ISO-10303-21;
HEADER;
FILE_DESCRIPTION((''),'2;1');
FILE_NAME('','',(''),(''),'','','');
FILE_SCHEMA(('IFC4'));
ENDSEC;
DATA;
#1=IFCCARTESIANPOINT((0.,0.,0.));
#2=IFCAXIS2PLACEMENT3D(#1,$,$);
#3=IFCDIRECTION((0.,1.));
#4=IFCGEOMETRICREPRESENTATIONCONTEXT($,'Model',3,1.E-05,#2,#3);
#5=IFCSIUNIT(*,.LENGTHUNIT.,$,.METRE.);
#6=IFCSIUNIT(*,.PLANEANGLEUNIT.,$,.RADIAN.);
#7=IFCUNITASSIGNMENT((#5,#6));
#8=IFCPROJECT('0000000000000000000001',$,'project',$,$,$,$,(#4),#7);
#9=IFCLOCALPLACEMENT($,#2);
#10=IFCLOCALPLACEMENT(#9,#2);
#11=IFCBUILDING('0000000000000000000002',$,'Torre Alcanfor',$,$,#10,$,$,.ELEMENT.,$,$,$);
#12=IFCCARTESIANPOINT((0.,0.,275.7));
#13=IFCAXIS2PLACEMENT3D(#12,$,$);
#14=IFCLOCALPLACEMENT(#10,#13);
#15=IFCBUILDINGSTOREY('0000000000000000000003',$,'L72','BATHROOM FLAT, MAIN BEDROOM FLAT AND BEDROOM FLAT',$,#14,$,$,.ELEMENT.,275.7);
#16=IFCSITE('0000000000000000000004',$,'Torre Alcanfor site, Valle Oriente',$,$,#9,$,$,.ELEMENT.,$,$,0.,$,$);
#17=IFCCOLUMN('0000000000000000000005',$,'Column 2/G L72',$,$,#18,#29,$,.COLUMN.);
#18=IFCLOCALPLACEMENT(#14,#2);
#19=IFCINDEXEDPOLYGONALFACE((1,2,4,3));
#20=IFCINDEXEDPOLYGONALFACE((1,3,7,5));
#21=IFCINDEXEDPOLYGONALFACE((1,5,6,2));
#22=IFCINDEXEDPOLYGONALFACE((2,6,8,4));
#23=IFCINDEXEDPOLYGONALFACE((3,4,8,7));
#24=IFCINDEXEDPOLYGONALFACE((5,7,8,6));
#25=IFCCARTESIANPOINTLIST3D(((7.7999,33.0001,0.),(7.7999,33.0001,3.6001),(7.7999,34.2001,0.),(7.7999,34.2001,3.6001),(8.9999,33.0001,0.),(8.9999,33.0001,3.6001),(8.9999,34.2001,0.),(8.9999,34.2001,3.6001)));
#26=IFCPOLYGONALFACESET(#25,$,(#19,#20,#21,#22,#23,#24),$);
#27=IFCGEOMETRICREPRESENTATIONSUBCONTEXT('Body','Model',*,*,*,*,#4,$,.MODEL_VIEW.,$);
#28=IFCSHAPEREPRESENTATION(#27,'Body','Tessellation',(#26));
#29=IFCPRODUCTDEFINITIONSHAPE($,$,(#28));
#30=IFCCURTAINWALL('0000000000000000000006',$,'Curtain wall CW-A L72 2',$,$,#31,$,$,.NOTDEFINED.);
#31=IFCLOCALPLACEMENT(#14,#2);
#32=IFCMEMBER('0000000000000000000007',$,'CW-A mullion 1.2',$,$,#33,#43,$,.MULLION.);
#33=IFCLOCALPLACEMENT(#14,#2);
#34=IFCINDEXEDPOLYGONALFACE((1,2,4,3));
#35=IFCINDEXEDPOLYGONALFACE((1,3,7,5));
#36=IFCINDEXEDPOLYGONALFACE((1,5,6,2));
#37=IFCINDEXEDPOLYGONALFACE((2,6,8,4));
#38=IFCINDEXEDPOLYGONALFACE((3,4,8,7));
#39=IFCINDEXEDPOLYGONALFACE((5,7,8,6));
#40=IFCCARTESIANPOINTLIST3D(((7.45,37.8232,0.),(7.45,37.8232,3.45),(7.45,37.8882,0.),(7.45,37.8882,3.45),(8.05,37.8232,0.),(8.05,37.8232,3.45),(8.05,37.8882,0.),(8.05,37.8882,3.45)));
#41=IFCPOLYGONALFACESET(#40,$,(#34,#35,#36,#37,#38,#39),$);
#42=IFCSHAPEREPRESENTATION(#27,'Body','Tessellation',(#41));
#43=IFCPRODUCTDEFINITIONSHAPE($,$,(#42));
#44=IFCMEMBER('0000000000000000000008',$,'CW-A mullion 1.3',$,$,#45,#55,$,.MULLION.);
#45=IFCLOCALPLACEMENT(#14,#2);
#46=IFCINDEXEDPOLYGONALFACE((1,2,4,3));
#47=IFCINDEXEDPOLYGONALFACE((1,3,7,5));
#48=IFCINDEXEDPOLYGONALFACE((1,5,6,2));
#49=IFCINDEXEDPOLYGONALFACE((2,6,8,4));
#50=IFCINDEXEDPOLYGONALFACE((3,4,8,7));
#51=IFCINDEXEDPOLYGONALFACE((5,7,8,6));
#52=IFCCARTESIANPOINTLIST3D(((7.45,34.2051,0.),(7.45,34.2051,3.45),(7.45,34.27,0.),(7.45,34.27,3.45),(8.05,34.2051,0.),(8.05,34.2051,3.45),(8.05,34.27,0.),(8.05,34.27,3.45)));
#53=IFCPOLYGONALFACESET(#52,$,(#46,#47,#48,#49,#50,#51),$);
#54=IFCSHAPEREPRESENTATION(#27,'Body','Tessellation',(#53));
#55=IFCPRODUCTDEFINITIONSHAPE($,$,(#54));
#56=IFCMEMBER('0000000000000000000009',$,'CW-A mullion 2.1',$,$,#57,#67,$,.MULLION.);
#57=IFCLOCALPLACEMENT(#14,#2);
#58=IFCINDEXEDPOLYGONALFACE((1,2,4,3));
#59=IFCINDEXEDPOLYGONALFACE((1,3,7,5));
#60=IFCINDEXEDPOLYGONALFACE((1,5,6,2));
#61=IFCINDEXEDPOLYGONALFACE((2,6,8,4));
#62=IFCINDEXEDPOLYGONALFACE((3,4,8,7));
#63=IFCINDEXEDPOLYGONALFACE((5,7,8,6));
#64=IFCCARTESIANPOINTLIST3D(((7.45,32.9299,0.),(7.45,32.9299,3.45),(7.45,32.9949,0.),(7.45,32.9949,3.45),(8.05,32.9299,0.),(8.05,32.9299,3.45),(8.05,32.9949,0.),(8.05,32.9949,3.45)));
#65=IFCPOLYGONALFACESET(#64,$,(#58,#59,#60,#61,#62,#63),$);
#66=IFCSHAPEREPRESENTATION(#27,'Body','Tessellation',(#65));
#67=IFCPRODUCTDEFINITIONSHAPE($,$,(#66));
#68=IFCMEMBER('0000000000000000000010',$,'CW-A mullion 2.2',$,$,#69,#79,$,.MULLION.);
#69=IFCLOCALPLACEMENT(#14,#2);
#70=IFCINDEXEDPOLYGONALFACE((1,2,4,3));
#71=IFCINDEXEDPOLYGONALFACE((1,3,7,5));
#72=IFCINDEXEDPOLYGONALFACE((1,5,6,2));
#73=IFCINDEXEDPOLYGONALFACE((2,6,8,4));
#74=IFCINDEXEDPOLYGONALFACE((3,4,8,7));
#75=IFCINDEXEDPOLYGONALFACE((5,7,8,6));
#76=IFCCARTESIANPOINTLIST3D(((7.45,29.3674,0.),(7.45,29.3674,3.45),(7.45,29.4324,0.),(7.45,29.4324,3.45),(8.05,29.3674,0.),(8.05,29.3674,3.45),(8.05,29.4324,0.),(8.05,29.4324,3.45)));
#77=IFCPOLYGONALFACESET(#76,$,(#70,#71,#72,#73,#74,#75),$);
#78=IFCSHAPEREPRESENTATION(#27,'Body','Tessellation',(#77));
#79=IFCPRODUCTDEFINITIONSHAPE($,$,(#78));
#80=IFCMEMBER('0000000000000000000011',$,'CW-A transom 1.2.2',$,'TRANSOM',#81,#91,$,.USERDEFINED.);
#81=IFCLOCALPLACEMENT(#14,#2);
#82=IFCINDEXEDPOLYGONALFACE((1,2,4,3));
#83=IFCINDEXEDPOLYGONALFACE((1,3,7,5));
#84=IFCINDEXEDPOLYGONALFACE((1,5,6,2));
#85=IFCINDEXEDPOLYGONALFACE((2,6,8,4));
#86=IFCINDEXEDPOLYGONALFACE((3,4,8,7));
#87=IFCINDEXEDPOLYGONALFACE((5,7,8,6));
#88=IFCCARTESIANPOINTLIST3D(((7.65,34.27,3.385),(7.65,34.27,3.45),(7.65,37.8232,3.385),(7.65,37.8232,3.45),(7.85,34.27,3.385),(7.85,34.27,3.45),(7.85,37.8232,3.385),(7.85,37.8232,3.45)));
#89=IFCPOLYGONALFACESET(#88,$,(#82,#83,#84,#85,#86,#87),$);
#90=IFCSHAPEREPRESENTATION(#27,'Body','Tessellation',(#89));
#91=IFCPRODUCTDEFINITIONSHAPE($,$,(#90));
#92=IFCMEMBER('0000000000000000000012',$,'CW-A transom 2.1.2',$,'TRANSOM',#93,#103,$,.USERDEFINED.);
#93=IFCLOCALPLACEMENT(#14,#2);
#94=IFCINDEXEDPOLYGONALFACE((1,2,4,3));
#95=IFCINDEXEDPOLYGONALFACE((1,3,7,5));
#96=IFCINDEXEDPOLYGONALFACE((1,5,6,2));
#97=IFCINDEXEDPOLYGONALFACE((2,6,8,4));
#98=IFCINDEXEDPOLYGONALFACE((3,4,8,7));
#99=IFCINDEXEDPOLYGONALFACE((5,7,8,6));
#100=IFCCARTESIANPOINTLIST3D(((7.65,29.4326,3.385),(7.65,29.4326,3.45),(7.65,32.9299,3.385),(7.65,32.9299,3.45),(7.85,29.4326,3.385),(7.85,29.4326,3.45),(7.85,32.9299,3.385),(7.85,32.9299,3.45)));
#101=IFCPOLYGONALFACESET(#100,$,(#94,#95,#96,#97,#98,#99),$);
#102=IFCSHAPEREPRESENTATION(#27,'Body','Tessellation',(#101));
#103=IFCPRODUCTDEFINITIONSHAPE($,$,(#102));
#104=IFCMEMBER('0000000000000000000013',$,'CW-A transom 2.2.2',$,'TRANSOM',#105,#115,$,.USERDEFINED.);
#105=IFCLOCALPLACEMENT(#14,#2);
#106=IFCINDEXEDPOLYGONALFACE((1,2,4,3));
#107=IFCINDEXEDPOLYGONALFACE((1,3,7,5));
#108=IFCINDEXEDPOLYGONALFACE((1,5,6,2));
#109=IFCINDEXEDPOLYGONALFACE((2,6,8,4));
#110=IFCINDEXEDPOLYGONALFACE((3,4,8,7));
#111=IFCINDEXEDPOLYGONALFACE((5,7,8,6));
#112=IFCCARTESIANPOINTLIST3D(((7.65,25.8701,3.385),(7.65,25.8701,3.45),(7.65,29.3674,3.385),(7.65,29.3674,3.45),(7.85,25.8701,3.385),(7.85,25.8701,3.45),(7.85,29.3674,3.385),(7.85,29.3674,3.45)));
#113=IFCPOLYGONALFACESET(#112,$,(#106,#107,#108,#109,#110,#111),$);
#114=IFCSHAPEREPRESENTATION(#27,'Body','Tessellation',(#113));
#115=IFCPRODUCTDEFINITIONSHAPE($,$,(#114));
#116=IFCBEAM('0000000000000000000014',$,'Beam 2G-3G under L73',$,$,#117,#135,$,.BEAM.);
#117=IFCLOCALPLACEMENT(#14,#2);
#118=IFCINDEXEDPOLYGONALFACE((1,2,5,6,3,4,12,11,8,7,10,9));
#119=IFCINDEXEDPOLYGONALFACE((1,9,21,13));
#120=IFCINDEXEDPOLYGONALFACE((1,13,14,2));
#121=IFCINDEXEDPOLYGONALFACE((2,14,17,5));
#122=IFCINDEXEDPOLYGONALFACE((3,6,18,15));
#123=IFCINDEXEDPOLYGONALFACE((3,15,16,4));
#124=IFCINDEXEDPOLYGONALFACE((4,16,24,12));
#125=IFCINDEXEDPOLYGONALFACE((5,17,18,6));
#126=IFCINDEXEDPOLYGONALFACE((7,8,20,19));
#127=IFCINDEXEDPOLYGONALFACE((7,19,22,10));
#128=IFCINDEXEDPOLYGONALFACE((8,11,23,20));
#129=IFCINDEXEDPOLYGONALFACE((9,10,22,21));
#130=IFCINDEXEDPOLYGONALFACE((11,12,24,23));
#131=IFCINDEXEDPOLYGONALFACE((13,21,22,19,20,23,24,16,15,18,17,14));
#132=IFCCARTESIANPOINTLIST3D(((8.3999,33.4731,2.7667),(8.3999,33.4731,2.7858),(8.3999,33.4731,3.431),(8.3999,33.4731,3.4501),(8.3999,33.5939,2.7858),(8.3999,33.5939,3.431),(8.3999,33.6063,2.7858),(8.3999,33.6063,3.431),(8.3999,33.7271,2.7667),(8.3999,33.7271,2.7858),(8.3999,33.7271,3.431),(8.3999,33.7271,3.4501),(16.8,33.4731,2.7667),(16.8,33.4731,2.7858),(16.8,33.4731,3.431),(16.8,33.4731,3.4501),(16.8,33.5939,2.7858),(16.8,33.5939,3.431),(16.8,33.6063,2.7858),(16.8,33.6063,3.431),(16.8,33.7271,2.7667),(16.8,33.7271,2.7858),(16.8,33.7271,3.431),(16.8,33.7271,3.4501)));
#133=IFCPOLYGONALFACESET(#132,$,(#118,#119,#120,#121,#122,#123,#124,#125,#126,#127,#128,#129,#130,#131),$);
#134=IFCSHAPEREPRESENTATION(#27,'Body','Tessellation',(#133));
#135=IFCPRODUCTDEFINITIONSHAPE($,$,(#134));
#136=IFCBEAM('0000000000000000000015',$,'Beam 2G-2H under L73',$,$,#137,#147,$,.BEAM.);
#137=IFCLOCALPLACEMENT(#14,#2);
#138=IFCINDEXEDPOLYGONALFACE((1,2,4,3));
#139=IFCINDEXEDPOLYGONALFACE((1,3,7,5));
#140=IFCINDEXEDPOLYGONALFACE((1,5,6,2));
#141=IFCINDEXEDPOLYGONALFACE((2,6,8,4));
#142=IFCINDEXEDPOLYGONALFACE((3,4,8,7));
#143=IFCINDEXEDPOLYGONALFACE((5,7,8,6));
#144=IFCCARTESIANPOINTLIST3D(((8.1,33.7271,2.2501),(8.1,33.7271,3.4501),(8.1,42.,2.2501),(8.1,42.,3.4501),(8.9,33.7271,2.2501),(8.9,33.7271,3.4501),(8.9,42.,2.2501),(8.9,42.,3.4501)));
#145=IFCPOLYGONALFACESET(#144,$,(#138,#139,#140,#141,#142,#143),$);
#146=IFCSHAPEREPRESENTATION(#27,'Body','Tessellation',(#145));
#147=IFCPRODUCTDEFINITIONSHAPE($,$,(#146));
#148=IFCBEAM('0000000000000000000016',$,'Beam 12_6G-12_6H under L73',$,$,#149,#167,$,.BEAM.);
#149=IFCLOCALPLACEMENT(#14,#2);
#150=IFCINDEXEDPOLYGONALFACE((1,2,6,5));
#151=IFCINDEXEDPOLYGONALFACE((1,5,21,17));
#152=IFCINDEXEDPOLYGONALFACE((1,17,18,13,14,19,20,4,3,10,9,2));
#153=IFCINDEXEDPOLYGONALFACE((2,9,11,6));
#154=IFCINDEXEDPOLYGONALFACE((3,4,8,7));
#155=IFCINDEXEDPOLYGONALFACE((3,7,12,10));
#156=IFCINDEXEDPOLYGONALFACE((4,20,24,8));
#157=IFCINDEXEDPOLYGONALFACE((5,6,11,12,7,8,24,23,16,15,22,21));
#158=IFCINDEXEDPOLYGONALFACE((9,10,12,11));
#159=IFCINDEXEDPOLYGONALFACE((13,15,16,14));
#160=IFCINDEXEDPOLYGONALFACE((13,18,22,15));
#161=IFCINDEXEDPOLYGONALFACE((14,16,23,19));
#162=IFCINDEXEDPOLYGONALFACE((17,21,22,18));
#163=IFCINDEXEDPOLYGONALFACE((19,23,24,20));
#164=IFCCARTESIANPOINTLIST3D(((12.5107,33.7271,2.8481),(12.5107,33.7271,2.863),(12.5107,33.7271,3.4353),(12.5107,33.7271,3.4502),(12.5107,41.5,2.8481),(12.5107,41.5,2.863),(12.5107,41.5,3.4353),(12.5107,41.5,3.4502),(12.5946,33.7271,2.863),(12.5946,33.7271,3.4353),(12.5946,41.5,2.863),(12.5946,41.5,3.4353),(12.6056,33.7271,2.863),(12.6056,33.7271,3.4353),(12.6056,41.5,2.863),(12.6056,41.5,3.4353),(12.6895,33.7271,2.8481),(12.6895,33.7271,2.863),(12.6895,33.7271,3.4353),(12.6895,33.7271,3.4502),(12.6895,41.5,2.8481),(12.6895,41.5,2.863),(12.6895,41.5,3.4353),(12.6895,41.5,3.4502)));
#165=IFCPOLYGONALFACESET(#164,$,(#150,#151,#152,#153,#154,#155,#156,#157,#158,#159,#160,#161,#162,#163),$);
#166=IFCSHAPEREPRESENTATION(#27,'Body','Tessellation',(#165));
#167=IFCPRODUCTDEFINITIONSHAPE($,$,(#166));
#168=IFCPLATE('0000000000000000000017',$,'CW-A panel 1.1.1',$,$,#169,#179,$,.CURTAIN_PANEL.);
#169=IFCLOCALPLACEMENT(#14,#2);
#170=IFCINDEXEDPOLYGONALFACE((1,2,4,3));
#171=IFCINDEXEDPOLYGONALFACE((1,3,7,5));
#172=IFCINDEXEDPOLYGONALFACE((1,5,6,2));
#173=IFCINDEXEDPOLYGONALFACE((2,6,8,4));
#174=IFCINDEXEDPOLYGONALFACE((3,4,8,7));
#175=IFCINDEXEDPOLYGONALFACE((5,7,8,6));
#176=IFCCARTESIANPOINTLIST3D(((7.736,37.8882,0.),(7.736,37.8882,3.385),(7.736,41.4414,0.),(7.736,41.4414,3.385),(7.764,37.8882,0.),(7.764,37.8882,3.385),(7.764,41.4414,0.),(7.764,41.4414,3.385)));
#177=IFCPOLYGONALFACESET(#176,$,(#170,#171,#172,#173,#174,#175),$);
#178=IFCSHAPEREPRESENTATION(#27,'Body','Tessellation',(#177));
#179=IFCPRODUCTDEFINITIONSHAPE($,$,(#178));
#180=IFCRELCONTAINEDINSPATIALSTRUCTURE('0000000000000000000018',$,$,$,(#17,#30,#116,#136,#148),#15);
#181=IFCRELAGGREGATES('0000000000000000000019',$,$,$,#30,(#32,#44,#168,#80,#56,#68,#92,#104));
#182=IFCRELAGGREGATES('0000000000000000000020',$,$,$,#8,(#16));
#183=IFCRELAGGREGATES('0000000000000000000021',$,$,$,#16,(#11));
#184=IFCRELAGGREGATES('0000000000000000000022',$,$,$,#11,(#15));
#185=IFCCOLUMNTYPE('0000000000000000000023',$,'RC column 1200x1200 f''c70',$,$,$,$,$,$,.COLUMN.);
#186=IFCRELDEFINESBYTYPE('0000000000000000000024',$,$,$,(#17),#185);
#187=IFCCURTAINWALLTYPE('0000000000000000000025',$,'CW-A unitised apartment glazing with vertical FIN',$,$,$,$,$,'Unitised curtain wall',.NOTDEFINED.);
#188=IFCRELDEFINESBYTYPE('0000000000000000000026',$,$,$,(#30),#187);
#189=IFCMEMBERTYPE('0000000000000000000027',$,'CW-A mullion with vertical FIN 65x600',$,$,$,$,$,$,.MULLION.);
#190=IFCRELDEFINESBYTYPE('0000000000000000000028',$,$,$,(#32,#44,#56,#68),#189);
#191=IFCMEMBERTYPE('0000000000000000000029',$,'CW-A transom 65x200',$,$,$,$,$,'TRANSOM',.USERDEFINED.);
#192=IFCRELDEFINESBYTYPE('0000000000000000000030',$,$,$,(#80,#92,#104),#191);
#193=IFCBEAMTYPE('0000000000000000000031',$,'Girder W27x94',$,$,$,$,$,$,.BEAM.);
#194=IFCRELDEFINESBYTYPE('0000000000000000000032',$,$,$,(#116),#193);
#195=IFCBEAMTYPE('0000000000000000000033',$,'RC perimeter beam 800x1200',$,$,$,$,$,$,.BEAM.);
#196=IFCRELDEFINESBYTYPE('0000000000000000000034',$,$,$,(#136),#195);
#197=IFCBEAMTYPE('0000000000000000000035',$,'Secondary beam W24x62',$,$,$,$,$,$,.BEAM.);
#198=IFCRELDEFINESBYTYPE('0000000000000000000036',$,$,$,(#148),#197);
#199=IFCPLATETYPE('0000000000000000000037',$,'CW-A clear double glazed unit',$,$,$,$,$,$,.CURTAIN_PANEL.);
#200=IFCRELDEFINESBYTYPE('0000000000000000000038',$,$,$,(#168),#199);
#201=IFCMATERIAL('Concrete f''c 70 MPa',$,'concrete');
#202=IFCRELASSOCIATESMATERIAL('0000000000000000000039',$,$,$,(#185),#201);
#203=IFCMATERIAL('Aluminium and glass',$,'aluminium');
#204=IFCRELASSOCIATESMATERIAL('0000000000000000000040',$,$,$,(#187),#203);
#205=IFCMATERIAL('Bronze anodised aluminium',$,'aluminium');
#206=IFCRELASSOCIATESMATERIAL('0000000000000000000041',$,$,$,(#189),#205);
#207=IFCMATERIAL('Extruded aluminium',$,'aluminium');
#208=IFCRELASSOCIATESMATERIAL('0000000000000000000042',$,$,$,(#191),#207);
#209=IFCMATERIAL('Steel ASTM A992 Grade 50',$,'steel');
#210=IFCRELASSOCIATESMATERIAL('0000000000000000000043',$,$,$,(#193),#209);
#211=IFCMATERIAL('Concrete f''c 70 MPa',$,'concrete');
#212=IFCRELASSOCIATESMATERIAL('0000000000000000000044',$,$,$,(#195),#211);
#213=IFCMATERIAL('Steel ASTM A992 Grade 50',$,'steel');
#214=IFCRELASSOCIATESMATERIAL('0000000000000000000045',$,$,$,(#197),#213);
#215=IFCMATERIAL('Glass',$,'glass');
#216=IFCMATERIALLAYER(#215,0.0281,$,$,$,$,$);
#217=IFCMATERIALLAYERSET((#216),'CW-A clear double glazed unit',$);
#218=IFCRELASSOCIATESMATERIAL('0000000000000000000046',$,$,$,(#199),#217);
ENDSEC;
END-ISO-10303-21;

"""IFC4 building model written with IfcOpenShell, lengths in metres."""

from ifc_helpers import new_model, si_unit, direction, frame, origin, origin_2d, place, context, subcontext, project, spatial, rectangle, i_section, extrude, material, layer, layer_set, material_profile, profile_set, type_object, element, aggregate, save


model = new_model("IFC4")

# Units and contexts
model_context = context("Model", 3, precision=1e-05, world=origin(), true_north=direction((0.0, 1.0)))
body_context = subcontext(model_context, "Body", "Model", "MODEL_VIEW")
ifc_project = project(units=[si_unit("LENGTHUNIT", "METRE"), si_unit("PLANEANGLEUNIT", "RADIAN")], contexts=[model_context])

# Site, building, storey
site_placement = place(None, origin())
site = spatial("IfcSite", under=ifc_project, at=site_placement, Name="Torre Alcanfor site, Valle Oriente", CompositionType="ELEMENT", RefElevation=0.0)
building_placement = place(site_placement, origin())
building = spatial("IfcBuilding", under=site, at=building_placement, Name="Torre Alcanfor", CompositionType="ELEMENT")
storey_placement = place(building_placement, frame((0.0, 0.0, 275.7)))
storey = spatial("IfcBuildingStorey", under=building, at=storey_placement, Name="L72", Description="BATHROOM FLAT, MAIN BEDROOM FLAT AND BEDROOM FLAT", CompositionType="ELEMENT", Elevation=275.7)

# Column
ifc_material_1 = material(Name="Concrete f'c 70 MPa", Category="concrete")
ifc_material_profile_1 = material_profile(ifc_material_1, rectangle(XDim=1.2, YDim=1.2, at=origin_2d()), Name="1200x1200")
ifc_profile_set_1 = profile_set([ifc_material_profile_1], Name="Concrete f'c 70 MPa")
column_type = type_object("IfcColumnType", Name="RC column 1200x1200 f'c70", PredefinedType="COLUMN", material=ifc_profile_set_1)
column_placement = place(storey_placement, frame((8.3999, 33.6001, 0.0), z_axis=(0.0, 0.0, 1.0), x_axis=(1.0, 0.0, 0.0)))
element("IfcColumn", 1, at=column_placement, inside=storey, type_object=column_type, Name="Column 2/G L72", PredefinedType="COLUMN", context=body_context, shape_type="SweptSolid", body=[
    extrude(rectangle(XDim=1.2, YDim=1.2, at=origin_2d()), origin(), (0.0, 0.0, 1.0), 3.6001),
])

# Curtain wall, members
ifc_material_2 = material(Name="Aluminium and glass", Category="aluminium")
curtain_wall_type = type_object("IfcCurtainWallType", Name="CW-A unitised apartment glazing with vertical FIN", ElementType="Unitised curtain wall", PredefinedType="NOTDEFINED", material=ifc_material_2)
curtain_wall_placement = place(storey_placement, origin())
curtain_wall = element("IfcCurtainWall", 2, at=curtain_wall_placement, inside=storey, type_object=curtain_wall_type, Name="Curtain wall CW-A L72 2", PredefinedType="NOTDEFINED")
ifc_material_3 = material(Name="Bronze anodised aluminium", Category="aluminium")
ifc_material_profile_2 = material_profile(ifc_material_3, rectangle(XDim=0.6001, YDim=0.0649, at=origin_2d()), Name="CW-A mullion 65x600")
ifc_profile_set_2 = profile_set([ifc_material_profile_2], Name="Bronze anodised aluminium")
member_type_1 = type_object("IfcMemberType", Name="CW-A mullion with vertical FIN 65x600", PredefinedType="MULLION", material=ifc_profile_set_2)
member_1_placement = place(storey_placement, frame((7.75, 37.8557, 0.0), z_axis=(0.0, 0.0, 1.0), x_axis=(1.0, 0.0, 0.0)))
member_1 = element("IfcMember", 3, at=member_1_placement, type_object=member_type_1, Name="CW-A mullion 1.2", PredefinedType="MULLION", context=body_context, shape_type="SweptSolid", body=[
    extrude(rectangle(XDim=0.6001, YDim=0.0649, at=origin_2d()), origin(), (0.0, 0.0, 1.0), 3.45),
])
member_2_placement = place(storey_placement, frame((7.75, 34.2375, 0.0), z_axis=(0.0, 0.0, 1.0), x_axis=(1.0, 0.0, 0.0)))
member_2 = element("IfcMember", 4, at=member_2_placement, type_object=member_type_1, Name="CW-A mullion 1.3", PredefinedType="MULLION", context=body_context, shape_type="SweptSolid", body=[
    extrude(rectangle(XDim=0.6001, YDim=0.0649, at=origin_2d()), origin(), (0.0, 0.0, 1.0), 3.45),
])
member_3_placement = place(storey_placement, frame((7.75, 32.9624, 0.0), z_axis=(0.0, 0.0, 1.0), x_axis=(1.0, 0.0, 0.0)))
member_3 = element("IfcMember", 5, at=member_3_placement, type_object=member_type_1, Name="CW-A mullion 2.1", PredefinedType="MULLION", context=body_context, shape_type="SweptSolid", body=[
    extrude(rectangle(XDim=0.6001, YDim=0.0649, at=origin_2d()), origin(), (0.0, 0.0, 1.0), 3.45),
])
member_4_placement = place(storey_placement, frame((7.75, 29.3999, 0.0), z_axis=(0.0, 0.0, 1.0), x_axis=(1.0, 0.0, 0.0)))
member_4 = element("IfcMember", 6, at=member_4_placement, type_object=member_type_1, Name="CW-A mullion 2.2", PredefinedType="MULLION", context=body_context, shape_type="SweptSolid", body=[
    extrude(rectangle(XDim=0.6001, YDim=0.0649, at=origin_2d()), origin(), (0.0, 0.0, 1.0), 3.45),
])
ifc_material_4 = material(Name="Extruded aluminium", Category="aluminium")
ifc_material_profile_3 = material_profile(ifc_material_4, rectangle(XDim=0.2, YDim=0.0649, at=origin_2d()), Name="CW-A transom 200x65")
ifc_profile_set_3 = profile_set([ifc_material_profile_3], Name="Extruded aluminium")
member_type_2 = type_object("IfcMemberType", Name="CW-A transom 65x200", ElementType="TRANSOM", PredefinedType="USERDEFINED", material=ifc_profile_set_3)
member_5_placement = place(storey_placement, frame((7.75, 37.8232, 3.4175), z_axis=(0.0, -1.0, 0.0), x_axis=(1.0, 0.0, 0.0)))
member_5 = element("IfcMember", 7, at=member_5_placement, type_object=member_type_2, Name="CW-A transom 1.2.2", ObjectType="TRANSOM", PredefinedType="USERDEFINED", context=body_context, shape_type="SweptSolid", body=[
    extrude(rectangle(XDim=0.2, YDim=0.0649, at=origin_2d()), origin(), (0.0, 0.0, 1.0), 3.5532),
])
member_6_placement = place(storey_placement, frame((7.75, 32.9299, 3.4175), z_axis=(0.0, -1.0, 0.0), x_axis=(1.0, 0.0, 0.0)))
member_6 = element("IfcMember", 8, at=member_6_placement, type_object=member_type_2, Name="CW-A transom 2.1.2", ObjectType="TRANSOM", PredefinedType="USERDEFINED", context=body_context, shape_type="SweptSolid", body=[
    extrude(rectangle(XDim=0.2, YDim=0.0649, at=origin_2d()), origin(), (0.0, 0.0, 1.0), 3.4973),
])
member_7_placement = place(storey_placement, frame((7.75, 29.3674, 3.4175), z_axis=(0.0, -1.0, 0.0), x_axis=(1.0, 0.0, 0.0)))
member_7 = element("IfcMember", 9, at=member_7_placement, type_object=member_type_2, Name="CW-A transom 2.2.2", ObjectType="TRANSOM", PredefinedType="USERDEFINED", context=body_context, shape_type="SweptSolid", body=[
    extrude(rectangle(XDim=0.2, YDim=0.0649, at=origin_2d()), origin(), (0.0, 0.0, 1.0), 3.4973),
])

# Beams
ifc_material_5 = material(Name="Steel ASTM A992 Grade 50", Category="steel")
ifc_material_profile_4 = material_profile(ifc_material_5, i_section(OverallWidth=0.2539, OverallDepth=0.6833, WebThickness=0.0125, FlangeThickness=0.019, at=origin_2d()), Name="W27x94")
ifc_profile_set_4 = profile_set([ifc_material_profile_4], Name="Steel ASTM A992 Grade 50")
beam_type_1 = type_object("IfcBeamType", Name="Girder W27x94", PredefinedType="BEAM", material=ifc_profile_set_4)
beam_1_placement = place(storey_placement, frame((8.3999, 33.6001, 3.1084), z_axis=(1.0, 0.0, 0.0), x_axis=(0.0, 1.0, 0.0)))
element("IfcBeam", 10, at=beam_1_placement, inside=storey, type_object=beam_type_1, Name="Beam 2G-3G under L73", PredefinedType="BEAM", context=body_context, shape_type="SweptSolid", body=[
    extrude(i_section(OverallWidth=0.2539, OverallDepth=0.6833, WebThickness=0.0125, FlangeThickness=0.019, at=origin_2d()), origin(), (0.0, 0.0, 1.0), 8.4001),
])
ifc_material_6 = material(Name="Concrete f'c 70 MPa", Category="concrete")
ifc_material_profile_5 = material_profile(ifc_material_6, rectangle(XDim=0.8, YDim=1.2, at=origin_2d()), Name="800x1200")
ifc_profile_set_5 = profile_set([ifc_material_profile_5], Name="Concrete f'c 70 MPa")
beam_type_2 = type_object("IfcBeamType", Name="RC perimeter beam 800x1200", PredefinedType="BEAM", material=ifc_profile_set_5)
beam_2_placement = place(storey_placement, frame((8.5, 33.7271, 2.8501), z_axis=(0.0, 1.0, 0.0), x_axis=(-1.0, 0.0, 0.0)))
element("IfcBeam", 11, at=beam_2_placement, inside=storey, type_object=beam_type_2, Name="Beam 2G-2H under L73", PredefinedType="BEAM", context=body_context, shape_type="SweptSolid", body=[
    extrude(rectangle(XDim=0.8, YDim=1.2, at=origin_2d()), origin(), (0.0, 0.0, 1.0), 8.2729),
])
ifc_material_7 = material(Name="Steel ASTM A992 Grade 50", Category="steel")
ifc_material_profile_6 = material_profile(ifc_material_7, i_section(OverallWidth=0.1787, OverallDepth=0.6021, WebThickness=0.011, FlangeThickness=0.0149, at=origin_2d()), Name="W24x62")
ifc_profile_set_6 = profile_set([ifc_material_profile_6], Name="Steel ASTM A992 Grade 50")
beam_type_3 = type_object("IfcBeamType", Name="Secondary beam W24x62", PredefinedType="BEAM", material=ifc_profile_set_6)
beam_3_placement = place(storey_placement, frame((12.6001, 33.7271, 3.1492), z_axis=(0.0, 1.0, 0.0), x_axis=(-1.0, 0.0, 0.0)))
element("IfcBeam", 12, at=beam_3_placement, inside=storey, type_object=beam_type_3, Name="Beam 12_6G-12_6H under L73", PredefinedType="BEAM", context=body_context, shape_type="SweptSolid", body=[
    extrude(i_section(OverallWidth=0.1787, OverallDepth=0.6021, WebThickness=0.011, FlangeThickness=0.0149, at=origin_2d()), origin(), (0.0, 0.0, 1.0), 7.7729),
])

# Plate
ifc_material_8 = material(Name="Glass", Category="glass")
ifc_layer_1 = layer(ifc_material_8, 0.0281)
ifc_layer_set_1 = layer_set([ifc_layer_1], Name="CW-A clear double glazed unit")
plate_type = type_object("IfcPlateType", Name="CW-A clear double glazed unit", PredefinedType="CURTAIN_PANEL", material=ifc_layer_set_1)
plate_1_placement = place(storey_placement, frame((7.75, 39.6648, 0.0), z_axis=(0.0, 0.0, 1.0), x_axis=(0.0, -1.0, 0.0)))
plate_1 = element("IfcPlate", 13, at=plate_1_placement, type_object=plate_type, Name="CW-A panel 1.1.1", PredefinedType="CURTAIN_PANEL", context=body_context, shape_type="SweptSolid", body=[
    extrude(rectangle(XDim=3.5532, YDim=0.0281, at=origin_2d()), origin(), (0.0, 0.0, 1.0), 3.385),
])
aggregate(curtain_wall, [member_1, member_2, plate_1, member_5, member_3, member_4, member_6, member_7])

save(model, "model.ifc")
